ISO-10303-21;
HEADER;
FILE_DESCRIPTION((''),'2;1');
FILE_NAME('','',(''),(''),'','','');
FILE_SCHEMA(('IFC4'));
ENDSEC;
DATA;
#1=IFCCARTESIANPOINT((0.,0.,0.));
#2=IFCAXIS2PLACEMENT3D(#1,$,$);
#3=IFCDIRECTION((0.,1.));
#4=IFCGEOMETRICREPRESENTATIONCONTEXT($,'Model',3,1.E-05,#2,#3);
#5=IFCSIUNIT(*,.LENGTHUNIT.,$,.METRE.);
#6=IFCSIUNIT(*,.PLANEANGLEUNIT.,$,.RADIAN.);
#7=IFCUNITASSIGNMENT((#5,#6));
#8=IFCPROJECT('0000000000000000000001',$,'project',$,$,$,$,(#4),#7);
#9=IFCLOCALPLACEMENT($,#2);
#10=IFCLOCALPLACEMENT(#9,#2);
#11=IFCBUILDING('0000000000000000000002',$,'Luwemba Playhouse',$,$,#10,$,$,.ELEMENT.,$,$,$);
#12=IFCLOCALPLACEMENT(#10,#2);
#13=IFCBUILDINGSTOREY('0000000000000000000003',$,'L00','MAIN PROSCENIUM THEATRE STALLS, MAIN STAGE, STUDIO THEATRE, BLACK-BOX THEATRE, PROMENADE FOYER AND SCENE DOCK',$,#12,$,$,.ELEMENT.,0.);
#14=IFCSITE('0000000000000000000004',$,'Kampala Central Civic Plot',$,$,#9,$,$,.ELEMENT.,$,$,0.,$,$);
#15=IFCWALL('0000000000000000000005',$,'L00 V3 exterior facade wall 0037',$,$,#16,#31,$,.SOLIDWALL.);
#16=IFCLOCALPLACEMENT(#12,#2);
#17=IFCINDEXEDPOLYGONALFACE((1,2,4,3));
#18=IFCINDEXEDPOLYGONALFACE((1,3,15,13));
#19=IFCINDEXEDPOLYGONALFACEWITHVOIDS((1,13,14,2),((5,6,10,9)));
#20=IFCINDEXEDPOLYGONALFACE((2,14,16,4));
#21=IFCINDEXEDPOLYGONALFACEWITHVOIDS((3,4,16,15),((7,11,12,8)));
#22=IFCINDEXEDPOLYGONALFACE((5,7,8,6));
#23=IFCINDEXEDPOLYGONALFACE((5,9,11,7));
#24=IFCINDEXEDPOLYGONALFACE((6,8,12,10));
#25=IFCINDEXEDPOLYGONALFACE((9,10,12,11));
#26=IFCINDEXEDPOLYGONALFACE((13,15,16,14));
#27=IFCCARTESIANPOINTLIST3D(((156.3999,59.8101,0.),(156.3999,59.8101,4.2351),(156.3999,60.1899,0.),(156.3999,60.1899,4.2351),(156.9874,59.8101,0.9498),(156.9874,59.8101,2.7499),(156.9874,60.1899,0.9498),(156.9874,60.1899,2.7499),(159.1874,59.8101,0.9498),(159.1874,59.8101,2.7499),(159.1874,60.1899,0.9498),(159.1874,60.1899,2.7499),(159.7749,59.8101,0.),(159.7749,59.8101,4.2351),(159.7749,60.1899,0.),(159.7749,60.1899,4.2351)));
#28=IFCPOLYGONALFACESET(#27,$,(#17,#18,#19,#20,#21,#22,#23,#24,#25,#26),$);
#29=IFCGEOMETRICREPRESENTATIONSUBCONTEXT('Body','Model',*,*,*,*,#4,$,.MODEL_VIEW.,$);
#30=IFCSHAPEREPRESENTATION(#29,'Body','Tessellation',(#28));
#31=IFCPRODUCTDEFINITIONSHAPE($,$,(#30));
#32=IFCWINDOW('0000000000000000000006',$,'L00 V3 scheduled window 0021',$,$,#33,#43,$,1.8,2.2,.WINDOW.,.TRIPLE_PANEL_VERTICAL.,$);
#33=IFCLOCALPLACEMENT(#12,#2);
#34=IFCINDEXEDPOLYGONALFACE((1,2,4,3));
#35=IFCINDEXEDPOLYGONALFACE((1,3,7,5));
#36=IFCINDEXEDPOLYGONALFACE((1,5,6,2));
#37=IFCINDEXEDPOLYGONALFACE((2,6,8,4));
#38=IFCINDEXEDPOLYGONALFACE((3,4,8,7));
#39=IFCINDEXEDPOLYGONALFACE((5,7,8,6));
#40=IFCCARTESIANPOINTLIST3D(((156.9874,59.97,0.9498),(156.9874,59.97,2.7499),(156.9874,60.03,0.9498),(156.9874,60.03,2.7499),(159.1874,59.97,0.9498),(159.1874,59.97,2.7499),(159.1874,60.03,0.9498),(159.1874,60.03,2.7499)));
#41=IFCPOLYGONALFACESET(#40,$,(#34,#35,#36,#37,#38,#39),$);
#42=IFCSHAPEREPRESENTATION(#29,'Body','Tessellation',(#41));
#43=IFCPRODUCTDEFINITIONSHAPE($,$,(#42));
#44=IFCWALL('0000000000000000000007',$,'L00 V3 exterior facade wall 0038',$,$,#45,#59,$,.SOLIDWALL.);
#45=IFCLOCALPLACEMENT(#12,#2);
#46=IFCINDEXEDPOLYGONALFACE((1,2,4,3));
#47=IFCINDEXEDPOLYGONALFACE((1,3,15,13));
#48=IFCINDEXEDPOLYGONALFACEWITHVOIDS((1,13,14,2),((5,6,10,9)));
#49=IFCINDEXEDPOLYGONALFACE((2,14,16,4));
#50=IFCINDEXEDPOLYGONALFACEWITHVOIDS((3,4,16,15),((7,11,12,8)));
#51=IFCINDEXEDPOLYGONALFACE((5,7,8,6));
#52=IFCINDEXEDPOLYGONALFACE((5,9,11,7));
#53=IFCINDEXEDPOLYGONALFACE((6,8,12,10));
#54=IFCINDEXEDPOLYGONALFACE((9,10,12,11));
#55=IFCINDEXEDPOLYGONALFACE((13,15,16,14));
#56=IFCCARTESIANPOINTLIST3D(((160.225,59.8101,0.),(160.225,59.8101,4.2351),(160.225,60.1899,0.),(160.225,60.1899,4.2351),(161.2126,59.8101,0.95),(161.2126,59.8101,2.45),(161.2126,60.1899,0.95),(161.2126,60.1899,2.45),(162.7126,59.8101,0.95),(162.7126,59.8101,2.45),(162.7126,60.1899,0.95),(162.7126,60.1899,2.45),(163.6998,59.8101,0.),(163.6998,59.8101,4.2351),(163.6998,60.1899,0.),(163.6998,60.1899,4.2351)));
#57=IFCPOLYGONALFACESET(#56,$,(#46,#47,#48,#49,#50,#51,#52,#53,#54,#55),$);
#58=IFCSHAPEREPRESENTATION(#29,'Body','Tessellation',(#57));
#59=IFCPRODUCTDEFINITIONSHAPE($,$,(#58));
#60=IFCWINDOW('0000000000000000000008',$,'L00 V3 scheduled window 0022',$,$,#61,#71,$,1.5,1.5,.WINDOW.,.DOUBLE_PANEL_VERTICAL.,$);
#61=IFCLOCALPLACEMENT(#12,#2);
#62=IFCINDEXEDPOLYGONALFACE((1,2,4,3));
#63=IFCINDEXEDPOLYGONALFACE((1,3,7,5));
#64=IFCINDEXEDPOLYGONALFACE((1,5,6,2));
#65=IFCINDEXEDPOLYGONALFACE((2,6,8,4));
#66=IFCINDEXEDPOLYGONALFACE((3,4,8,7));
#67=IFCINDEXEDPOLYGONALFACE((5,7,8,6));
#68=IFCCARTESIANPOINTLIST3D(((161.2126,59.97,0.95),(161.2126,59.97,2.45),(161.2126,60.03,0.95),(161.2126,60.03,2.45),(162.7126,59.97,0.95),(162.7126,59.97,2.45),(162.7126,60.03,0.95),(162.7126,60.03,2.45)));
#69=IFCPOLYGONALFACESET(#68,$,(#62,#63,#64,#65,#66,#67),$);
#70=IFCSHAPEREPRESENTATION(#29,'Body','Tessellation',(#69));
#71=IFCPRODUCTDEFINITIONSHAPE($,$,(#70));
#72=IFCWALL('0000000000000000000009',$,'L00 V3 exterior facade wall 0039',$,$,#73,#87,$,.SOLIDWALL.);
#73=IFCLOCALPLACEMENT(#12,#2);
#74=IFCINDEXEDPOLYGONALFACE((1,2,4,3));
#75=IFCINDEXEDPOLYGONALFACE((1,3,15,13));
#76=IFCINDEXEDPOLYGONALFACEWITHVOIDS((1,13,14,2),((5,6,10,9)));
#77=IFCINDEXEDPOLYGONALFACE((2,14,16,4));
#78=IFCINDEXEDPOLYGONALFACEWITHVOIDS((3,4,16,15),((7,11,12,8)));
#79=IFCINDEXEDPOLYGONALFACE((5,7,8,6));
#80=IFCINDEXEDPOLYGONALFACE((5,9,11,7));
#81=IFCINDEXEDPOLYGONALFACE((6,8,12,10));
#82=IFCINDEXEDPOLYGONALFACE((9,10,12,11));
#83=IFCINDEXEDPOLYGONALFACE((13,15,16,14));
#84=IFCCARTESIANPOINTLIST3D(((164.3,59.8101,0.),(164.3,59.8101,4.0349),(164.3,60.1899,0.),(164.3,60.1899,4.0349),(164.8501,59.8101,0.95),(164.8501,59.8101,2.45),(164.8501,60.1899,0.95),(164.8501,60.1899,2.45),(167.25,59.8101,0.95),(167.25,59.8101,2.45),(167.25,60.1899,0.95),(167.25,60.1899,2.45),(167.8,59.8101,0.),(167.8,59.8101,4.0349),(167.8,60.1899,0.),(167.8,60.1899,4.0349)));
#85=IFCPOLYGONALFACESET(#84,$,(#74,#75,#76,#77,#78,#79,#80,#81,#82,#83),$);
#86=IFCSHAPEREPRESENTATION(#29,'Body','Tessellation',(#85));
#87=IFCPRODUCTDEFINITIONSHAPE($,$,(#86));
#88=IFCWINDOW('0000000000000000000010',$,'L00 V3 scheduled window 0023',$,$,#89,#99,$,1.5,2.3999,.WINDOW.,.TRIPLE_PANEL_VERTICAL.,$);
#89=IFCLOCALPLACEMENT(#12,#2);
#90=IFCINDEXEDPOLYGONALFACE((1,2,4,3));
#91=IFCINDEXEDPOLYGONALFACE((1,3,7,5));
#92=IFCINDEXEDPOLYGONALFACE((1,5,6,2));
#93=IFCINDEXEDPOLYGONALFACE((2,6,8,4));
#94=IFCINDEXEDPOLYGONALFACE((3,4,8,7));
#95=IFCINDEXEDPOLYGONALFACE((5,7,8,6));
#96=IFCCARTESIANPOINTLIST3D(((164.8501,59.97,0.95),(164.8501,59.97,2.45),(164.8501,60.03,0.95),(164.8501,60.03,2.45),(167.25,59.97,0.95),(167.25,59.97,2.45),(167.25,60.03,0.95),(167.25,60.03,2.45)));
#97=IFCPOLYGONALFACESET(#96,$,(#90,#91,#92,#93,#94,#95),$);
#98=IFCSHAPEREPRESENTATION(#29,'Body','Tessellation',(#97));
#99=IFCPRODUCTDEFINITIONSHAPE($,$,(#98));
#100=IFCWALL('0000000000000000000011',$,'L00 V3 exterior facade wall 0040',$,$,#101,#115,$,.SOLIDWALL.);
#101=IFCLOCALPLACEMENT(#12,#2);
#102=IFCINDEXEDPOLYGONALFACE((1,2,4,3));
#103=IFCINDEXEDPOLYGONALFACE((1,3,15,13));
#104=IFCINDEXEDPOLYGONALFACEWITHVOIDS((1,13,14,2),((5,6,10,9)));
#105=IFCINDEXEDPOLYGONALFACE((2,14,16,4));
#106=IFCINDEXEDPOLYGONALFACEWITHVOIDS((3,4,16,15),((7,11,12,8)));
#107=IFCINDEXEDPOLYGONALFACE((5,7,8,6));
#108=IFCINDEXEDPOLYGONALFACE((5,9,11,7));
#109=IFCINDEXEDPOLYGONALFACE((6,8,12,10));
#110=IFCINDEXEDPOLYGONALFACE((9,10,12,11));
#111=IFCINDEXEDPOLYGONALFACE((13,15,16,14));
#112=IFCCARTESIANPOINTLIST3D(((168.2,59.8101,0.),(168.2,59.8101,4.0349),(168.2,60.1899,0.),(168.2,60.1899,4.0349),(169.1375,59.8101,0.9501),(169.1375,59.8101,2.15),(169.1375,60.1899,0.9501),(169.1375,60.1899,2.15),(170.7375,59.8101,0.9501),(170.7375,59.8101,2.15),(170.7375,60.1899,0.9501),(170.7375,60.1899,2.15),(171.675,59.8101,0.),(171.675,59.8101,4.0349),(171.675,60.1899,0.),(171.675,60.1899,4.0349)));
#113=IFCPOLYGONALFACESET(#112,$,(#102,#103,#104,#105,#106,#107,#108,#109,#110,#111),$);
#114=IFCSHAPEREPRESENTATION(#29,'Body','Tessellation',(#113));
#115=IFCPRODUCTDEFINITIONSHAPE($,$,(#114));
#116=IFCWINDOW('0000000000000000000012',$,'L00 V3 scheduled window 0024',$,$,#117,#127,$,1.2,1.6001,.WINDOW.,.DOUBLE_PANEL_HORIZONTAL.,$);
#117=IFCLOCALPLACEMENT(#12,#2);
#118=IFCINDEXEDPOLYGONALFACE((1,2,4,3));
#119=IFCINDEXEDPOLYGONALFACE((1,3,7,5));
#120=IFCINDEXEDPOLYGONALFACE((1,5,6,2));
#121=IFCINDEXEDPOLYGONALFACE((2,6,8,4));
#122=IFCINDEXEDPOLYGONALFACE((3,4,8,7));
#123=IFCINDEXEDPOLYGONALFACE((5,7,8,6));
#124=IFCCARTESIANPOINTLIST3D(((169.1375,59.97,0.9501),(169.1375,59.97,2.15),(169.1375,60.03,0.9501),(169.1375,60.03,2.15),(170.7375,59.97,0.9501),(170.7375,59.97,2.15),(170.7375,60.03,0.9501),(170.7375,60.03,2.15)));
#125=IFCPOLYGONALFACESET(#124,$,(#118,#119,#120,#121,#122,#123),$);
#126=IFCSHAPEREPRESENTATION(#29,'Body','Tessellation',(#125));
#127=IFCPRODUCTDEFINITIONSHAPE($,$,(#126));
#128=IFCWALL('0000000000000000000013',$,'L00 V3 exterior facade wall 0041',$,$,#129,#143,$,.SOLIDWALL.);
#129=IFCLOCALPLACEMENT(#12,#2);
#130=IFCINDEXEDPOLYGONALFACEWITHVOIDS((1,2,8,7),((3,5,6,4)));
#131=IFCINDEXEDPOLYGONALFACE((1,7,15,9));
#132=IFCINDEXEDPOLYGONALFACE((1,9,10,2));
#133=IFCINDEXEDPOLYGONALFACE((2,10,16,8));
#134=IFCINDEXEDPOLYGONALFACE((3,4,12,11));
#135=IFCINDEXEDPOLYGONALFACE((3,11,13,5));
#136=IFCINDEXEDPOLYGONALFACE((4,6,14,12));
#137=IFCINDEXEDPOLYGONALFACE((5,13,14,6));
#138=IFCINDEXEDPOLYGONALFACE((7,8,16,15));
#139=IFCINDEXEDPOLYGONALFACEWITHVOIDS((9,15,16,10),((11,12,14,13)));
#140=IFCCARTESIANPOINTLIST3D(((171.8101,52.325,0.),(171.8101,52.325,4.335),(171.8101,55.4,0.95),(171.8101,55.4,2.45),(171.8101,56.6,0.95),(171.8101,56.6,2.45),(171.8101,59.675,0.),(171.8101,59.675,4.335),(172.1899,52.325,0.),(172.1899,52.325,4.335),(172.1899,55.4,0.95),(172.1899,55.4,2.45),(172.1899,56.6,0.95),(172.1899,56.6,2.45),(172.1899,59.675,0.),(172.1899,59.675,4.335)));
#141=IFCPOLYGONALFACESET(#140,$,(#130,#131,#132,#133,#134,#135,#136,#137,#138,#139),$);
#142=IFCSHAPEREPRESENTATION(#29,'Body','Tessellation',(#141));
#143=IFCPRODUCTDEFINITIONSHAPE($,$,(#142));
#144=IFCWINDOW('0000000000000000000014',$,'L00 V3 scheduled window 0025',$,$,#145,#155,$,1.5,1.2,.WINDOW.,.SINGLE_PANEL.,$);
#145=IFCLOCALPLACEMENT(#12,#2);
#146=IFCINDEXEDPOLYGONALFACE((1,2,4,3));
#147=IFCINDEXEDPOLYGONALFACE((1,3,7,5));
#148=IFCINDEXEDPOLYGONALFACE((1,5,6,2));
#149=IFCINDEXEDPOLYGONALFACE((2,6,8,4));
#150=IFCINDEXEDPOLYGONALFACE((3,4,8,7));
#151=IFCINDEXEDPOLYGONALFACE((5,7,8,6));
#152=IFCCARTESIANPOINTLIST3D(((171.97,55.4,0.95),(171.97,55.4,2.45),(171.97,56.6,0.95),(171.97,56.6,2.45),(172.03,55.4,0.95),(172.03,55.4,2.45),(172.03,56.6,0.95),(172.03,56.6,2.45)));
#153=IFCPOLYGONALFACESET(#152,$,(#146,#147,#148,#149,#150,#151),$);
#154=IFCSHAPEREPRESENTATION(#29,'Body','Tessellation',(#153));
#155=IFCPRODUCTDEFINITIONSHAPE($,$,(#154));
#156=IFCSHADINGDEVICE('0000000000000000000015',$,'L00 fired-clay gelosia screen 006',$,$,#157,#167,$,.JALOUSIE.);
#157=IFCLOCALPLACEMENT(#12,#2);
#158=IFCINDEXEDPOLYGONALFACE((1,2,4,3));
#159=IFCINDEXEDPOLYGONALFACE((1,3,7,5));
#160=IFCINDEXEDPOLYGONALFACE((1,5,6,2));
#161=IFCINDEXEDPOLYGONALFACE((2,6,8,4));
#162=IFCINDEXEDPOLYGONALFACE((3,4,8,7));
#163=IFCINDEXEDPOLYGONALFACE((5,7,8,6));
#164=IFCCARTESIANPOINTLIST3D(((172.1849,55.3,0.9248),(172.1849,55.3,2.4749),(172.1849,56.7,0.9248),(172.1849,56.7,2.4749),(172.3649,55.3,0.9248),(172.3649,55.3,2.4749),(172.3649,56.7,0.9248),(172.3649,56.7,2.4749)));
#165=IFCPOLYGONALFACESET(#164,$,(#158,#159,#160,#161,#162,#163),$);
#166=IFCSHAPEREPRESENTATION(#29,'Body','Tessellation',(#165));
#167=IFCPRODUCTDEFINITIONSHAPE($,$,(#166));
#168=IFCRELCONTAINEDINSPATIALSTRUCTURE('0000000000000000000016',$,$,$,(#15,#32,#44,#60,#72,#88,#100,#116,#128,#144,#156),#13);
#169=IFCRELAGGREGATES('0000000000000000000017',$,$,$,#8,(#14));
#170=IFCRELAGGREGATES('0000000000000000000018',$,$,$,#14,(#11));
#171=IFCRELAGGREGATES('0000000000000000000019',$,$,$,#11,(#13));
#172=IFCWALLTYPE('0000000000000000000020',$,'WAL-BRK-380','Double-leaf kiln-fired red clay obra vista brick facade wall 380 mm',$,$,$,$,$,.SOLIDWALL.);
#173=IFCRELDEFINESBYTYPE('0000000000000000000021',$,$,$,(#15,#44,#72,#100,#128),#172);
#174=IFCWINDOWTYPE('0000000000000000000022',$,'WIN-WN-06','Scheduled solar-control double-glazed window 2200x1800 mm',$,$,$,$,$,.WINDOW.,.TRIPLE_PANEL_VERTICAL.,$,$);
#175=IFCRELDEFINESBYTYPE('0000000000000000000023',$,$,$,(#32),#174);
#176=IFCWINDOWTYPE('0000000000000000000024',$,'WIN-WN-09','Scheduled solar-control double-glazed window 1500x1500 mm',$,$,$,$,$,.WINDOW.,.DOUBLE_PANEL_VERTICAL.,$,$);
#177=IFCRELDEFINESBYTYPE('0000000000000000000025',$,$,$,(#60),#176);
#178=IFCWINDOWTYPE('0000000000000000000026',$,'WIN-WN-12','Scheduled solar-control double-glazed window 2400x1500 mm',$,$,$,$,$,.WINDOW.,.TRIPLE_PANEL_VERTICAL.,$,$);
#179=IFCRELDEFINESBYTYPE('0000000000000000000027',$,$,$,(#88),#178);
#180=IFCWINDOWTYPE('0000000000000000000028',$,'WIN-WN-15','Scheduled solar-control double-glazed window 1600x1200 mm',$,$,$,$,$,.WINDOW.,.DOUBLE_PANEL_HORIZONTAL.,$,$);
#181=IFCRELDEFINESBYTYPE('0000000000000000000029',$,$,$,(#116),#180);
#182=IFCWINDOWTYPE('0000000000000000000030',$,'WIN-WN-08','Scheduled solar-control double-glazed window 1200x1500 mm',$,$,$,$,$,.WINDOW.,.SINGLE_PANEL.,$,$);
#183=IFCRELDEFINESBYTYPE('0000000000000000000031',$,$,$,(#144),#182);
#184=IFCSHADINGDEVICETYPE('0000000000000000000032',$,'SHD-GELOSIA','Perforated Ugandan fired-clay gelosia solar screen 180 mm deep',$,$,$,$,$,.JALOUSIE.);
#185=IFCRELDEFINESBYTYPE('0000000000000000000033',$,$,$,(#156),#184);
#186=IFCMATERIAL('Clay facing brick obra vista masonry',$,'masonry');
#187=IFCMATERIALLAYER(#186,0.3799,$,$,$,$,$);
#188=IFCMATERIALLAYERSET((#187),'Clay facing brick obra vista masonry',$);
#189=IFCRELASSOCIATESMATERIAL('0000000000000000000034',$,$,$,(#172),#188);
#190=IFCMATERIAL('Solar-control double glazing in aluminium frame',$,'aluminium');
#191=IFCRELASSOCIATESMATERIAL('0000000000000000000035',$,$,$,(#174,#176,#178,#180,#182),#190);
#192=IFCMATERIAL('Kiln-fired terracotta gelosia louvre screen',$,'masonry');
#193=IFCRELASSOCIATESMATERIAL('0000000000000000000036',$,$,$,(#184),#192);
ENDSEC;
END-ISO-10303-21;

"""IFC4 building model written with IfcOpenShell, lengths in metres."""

from ifc_helpers import new_model, si_unit, direction, frame, frame_2d, origin, origin_2d, place, context, subcontext, project, spatial, rectangle, extrude, material, layer, layer_set, type_object, element, fill, save


model = new_model("IFC4")

# Units and contexts
model_context = context("Model", 3, precision=1e-05, world=origin(), true_north=direction((0.0, 1.0)))
body_context = subcontext(model_context, "Body", "Model", "MODEL_VIEW")
ifc_project = project(units=[si_unit("LENGTHUNIT", "METRE"), si_unit("PLANEANGLEUNIT", "RADIAN")], contexts=[model_context])

# Site, building, storey
site_placement = place(None, origin())
site = spatial("IfcSite", under=ifc_project, at=site_placement, Name="Kampala Central Civic Plot", CompositionType="ELEMENT", RefElevation=0.0)
building_placement = place(site_placement, origin())
building = spatial("IfcBuilding", under=site, at=building_placement, Name="Luwemba Playhouse", CompositionType="ELEMENT")
storey_placement = place(building_placement, origin())
storey = spatial("IfcBuildingStorey", under=building, at=storey_placement, Name="L00", Description="MAIN PROSCENIUM THEATRE STALLS, MAIN STAGE, STUDIO THEATRE, BLACK-BOX THEATRE, PROMENADE FOYER AND SCENE DOCK", CompositionType="ELEMENT", Elevation=0.0)

# Walls, openings, windows
ifc_material_1 = material(Name="Clay facing brick obra vista masonry", Category="masonry")
ifc_layer = layer(ifc_material_1, 0.3799)
ifc_layer_set = layer_set([ifc_layer], Name="Clay facing brick obra vista masonry")
wall_type = type_object("IfcWallType", Name="WAL-BRK-380", Description="Double-leaf kiln-fired red clay obra vista brick facade wall 380 mm", PredefinedType="SOLIDWALL", material=ifc_layer_set)
wall_1_placement = place(storey_placement, frame((156.3999, 60.0, 0.0), z_axis=(0.0, 0.0, 1.0), x_axis=(1.0, 0.0, 0.0)))
wall_1 = element("IfcWall", 1, at=wall_1_placement, inside=storey, type_object=wall_type, Name="L00 V3 exterior facade wall 0037", PredefinedType="SOLIDWALL", context=body_context, shape_type="SweptSolid", body=[
    extrude(rectangle(XDim=3.375, YDim=0.3799, at=frame_2d((1.6875, 0.0))), origin(), (0.0, 0.0, 1.0), 4.2351),
])
opening_1_placement = place(wall_1_placement, frame((0.5874, 0.0, 0.95)))
opening_1 = element("IfcOpeningElement", 2, at=opening_1_placement, cuts=wall_1, PredefinedType="OPENING", context=body_context, shape_type="SweptSolid", body=[
    extrude(rectangle(XDim=2.2, YDim=1.8, at=frame_2d((1.1001, 0.8999))), frame((0.0, 0.2, 0.0), z_axis=(0.0, -1.0, 0.0), x_axis=(1.0, 0.0, 0.0)), (0.0, 0.0, 1.0), 0.3999),
])
ifc_material_2 = material(Name="Solar-control double glazing in aluminium frame", Category="aluminium")
window_type_1 = type_object("IfcWindowType", Name="WIN-WN-06", Description="Scheduled solar-control double-glazed window 2200x1800 mm", PartitioningType="TRIPLE_PANEL_VERTICAL", PredefinedType="WINDOW", material=ifc_material_2)
window_1_placement = place(opening_1_placement, origin())
window_1 = element("IfcWindow", 3, at=window_1_placement, inside=storey, type_object=window_type_1, Name="L00 V3 scheduled window 0021", OverallHeight=1.8, OverallWidth=2.2, PartitioningType="TRIPLE_PANEL_VERTICAL", PredefinedType="WINDOW", context=body_context, shape_type="SweptSolid", body=[
    extrude(rectangle(XDim=2.2, YDim=1.8, at=frame_2d((1.1001, 0.8999))), frame((0.0, 0.03, 0.0), z_axis=(0.0, -1.0, 0.0), x_axis=(1.0, 0.0, 0.0)), (0.0, 0.0, 1.0), 0.0601),
])
fill(opening_1, window_1)
wall_2_placement = place(storey_placement, frame((160.2251, 60.0, 0.0), z_axis=(0.0, 0.0, 1.0), x_axis=(1.0, 0.0, 0.0)))
wall_2 = element("IfcWall", 4, at=wall_2_placement, inside=storey, type_object=wall_type, Name="L00 V3 exterior facade wall 0038", PredefinedType="SOLIDWALL", context=body_context, shape_type="SweptSolid", body=[
    extrude(rectangle(XDim=3.4749, YDim=0.3799, at=frame_2d((1.7373, 0.0))), origin(), (0.0, 0.0, 1.0), 4.2351),
])
opening_2_placement = place(wall_2_placement, frame((0.9875, 0.0, 0.95)))
opening_2 = element("IfcOpeningElement", 5, at=opening_2_placement, cuts=wall_2, PredefinedType="OPENING", context=body_context, shape_type="SweptSolid", body=[
    extrude(rectangle(XDim=1.5, YDim=1.5, at=frame_2d((0.75, 0.75))), frame((0.0, 0.2, 0.0), z_axis=(0.0, -1.0, 0.0), x_axis=(1.0, 0.0, 0.0)), (0.0, 0.0, 1.0), 0.3999),
])
window_type_2 = type_object("IfcWindowType", Name="WIN-WN-09", Description="Scheduled solar-control double-glazed window 1500x1500 mm", PartitioningType="DOUBLE_PANEL_VERTICAL", PredefinedType="WINDOW", material=ifc_material_2)
window_2_placement = place(opening_2_placement, origin())
window_2 = element("IfcWindow", 6, at=window_2_placement, inside=storey, type_object=window_type_2, Name="L00 V3 scheduled window 0022", OverallHeight=1.5, OverallWidth=1.5, PartitioningType="DOUBLE_PANEL_VERTICAL", PredefinedType="WINDOW", context=body_context, shape_type="SweptSolid", body=[
    extrude(rectangle(XDim=1.5, YDim=1.5, at=frame_2d((0.75, 0.75))), frame((0.0, 0.03, 0.0), z_axis=(0.0, -1.0, 0.0), x_axis=(1.0, 0.0, 0.0)), (0.0, 0.0, 1.0), 0.0601),
])
fill(opening_2, window_2)
wall_3_placement = place(storey_placement, frame((164.3, 60.0, 0.0), z_axis=(0.0, 0.0, 1.0), x_axis=(1.0, 0.0, 0.0)))
wall_3 = element("IfcWall", 7, at=wall_3_placement, inside=storey, type_object=wall_type, Name="L00 V3 exterior facade wall 0039", PredefinedType="SOLIDWALL", context=body_context, shape_type="SweptSolid", body=[
    extrude(rectangle(XDim=3.5, YDim=0.3799, at=frame_2d((1.75, 0.0))), origin(), (0.0, 0.0, 1.0), 4.0349),
])
opening_3_placement = place(wall_3_placement, frame((0.55, 0.0, 0.95)))
opening_3 = element("IfcOpeningElement", 8, at=opening_3_placement, cuts=wall_3, PredefinedType="OPENING", context=body_context, shape_type="SweptSolid", body=[
    extrude(rectangle(XDim=2.3999, YDim=1.5, at=frame_2d((1.2, 0.75))), frame((0.0, 0.2, 0.0), z_axis=(0.0, -1.0, 0.0), x_axis=(1.0, 0.0, 0.0)), (0.0, 0.0, 1.0), 0.3999),
])
window_type_3 = type_object("IfcWindowType", Name="WIN-WN-12", Description="Scheduled solar-control double-glazed window 2400x1500 mm", PartitioningType="TRIPLE_PANEL_VERTICAL", PredefinedType="WINDOW", material=ifc_material_2)
window_3_placement = place(opening_3_placement, origin())
window_3 = element("IfcWindow", 9, at=window_3_placement, inside=storey, type_object=window_type_3, Name="L00 V3 scheduled window 0023", OverallHeight=1.5, OverallWidth=2.3999, PartitioningType="TRIPLE_PANEL_VERTICAL", PredefinedType="WINDOW", context=body_context, shape_type="SweptSolid", body=[
    extrude(rectangle(XDim=2.3999, YDim=1.5, at=frame_2d((1.2, 0.75))), frame((0.0, 0.03, 0.0), z_axis=(0.0, -1.0, 0.0), x_axis=(1.0, 0.0, 0.0)), (0.0, 0.0, 1.0), 0.0601),
])
fill(opening_3, window_3)
wall_4_placement = place(storey_placement, frame((168.2, 60.0, 0.0), z_axis=(0.0, 0.0, 1.0), x_axis=(1.0, 0.0, 0.0)))
wall_4 = element("IfcWall", 10, at=wall_4_placement, inside=storey, type_object=wall_type, Name="L00 V3 exterior facade wall 0040", PredefinedType="SOLIDWALL", context=body_context, shape_type="SweptSolid", body=[
    extrude(rectangle(XDim=3.4751, YDim=0.3799, at=frame_2d((1.7375, 0.0))), origin(), (0.0, 0.0, 1.0), 4.0349),
])
opening_4_placement = place(wall_4_placement, frame((0.9375, 0.0, 0.95)))
opening_4 = element("IfcOpeningElement", 11, at=opening_4_placement, cuts=wall_4, PredefinedType="OPENING", context=body_context, shape_type="SweptSolid", body=[
    extrude(rectangle(XDim=1.6001, YDim=1.2, at=frame_2d((0.8, 0.6001))), frame((0.0, 0.2, 0.0), z_axis=(0.0, -1.0, 0.0), x_axis=(1.0, 0.0, 0.0)), (0.0, 0.0, 1.0), 0.3999),
])
window_type_4 = type_object("IfcWindowType", Name="WIN-WN-15", Description="Scheduled solar-control double-glazed window 1600x1200 mm", PartitioningType="DOUBLE_PANEL_HORIZONTAL", PredefinedType="WINDOW", material=ifc_material_2)
window_4_placement = place(opening_4_placement, origin())
window_4 = element("IfcWindow", 12, at=window_4_placement, inside=storey, type_object=window_type_4, Name="L00 V3 scheduled window 0024", OverallHeight=1.2, OverallWidth=1.6001, PartitioningType="DOUBLE_PANEL_HORIZONTAL", PredefinedType="WINDOW", context=body_context, shape_type="SweptSolid", body=[
    extrude(rectangle(XDim=1.6001, YDim=1.2, at=frame_2d((0.8, 0.6001))), frame((0.0, 0.03, 0.0), z_axis=(0.0, -1.0, 0.0), x_axis=(1.0, 0.0, 0.0)), (0.0, 0.0, 1.0), 0.0601),
])
fill(opening_4, window_4)
wall_5_placement = place(storey_placement, frame((172.0, 59.675, 0.0), z_axis=(0.0, 0.0, 1.0), x_axis=(0.0, -1.0, 0.0)))
wall_5 = element("IfcWall", 13, at=wall_5_placement, inside=storey, type_object=wall_type, Name="L00 V3 exterior facade wall 0041", PredefinedType="SOLIDWALL", context=body_context, shape_type="SweptSolid", body=[
    extrude(rectangle(XDim=7.3501, YDim=0.3799, at=frame_2d((3.675, 0.0))), origin(), (0.0, 0.0, 1.0), 4.335),
])
opening_5_placement = place(wall_5_placement, frame((3.075, 0.0, 0.95)))
opening_5 = element("IfcOpeningElement", 14, at=opening_5_placement, cuts=wall_5, PredefinedType="OPENING", context=body_context, shape_type="SweptSolid", body=[
    extrude(rectangle(XDim=1.2, YDim=1.5, at=frame_2d((0.6001, 0.75))), frame((0.0, 0.2, 0.0), z_axis=(0.0, -1.0, 0.0), x_axis=(1.0, 0.0, 0.0)), (0.0, 0.0, 1.0), 0.3999),
])
window_type_5 = type_object("IfcWindowType", Name="WIN-WN-08", Description="Scheduled solar-control double-glazed window 1200x1500 mm", PartitioningType="SINGLE_PANEL", PredefinedType="WINDOW", material=ifc_material_2)
window_5_placement = place(opening_5_placement, origin())
window_5 = element("IfcWindow", 15, at=window_5_placement, inside=storey, type_object=window_type_5, Name="L00 V3 scheduled window 0025", OverallHeight=1.5, OverallWidth=1.2, PartitioningType="SINGLE_PANEL", PredefinedType="WINDOW", context=body_context, shape_type="SweptSolid", body=[
    extrude(rectangle(XDim=1.2, YDim=1.5, at=frame_2d((0.6001, 0.75))), frame((0.0, 0.03, 0.0), z_axis=(0.0, -1.0, 0.0), x_axis=(1.0, 0.0, 0.0)), (0.0, 0.0, 1.0), 0.0601),
])
fill(opening_5, window_5)

# Shading device
ifc_material_3 = material(Name="Kiln-fired terracotta gelosia louvre screen", Category="masonry")
shading_device_type = type_object("IfcShadingDeviceType", Name="SHD-GELOSIA", Description="Perforated Ugandan fired-clay gelosia solar screen 180 mm deep", PredefinedType="JALOUSIE", material=ifc_material_3)
shading_device_placement = place(storey_placement, frame((172.2749, 56.0, 0.9248), z_axis=(0.0, 0.0, 1.0), x_axis=(0.0, -1.0, 0.0)))
element("IfcShadingDevice", 16, at=shading_device_placement, inside=storey, type_object=shading_device_type, Name="L00 fired-clay gelosia screen 006", PredefinedType="JALOUSIE", context=body_context, shape_type="SweptSolid", body=[
    extrude(rectangle(XDim=1.3999, YDim=0.1799, at=origin_2d()), origin(), (0.0, 0.0, 1.0), 1.55),
])

save(model, "model.ifc")
